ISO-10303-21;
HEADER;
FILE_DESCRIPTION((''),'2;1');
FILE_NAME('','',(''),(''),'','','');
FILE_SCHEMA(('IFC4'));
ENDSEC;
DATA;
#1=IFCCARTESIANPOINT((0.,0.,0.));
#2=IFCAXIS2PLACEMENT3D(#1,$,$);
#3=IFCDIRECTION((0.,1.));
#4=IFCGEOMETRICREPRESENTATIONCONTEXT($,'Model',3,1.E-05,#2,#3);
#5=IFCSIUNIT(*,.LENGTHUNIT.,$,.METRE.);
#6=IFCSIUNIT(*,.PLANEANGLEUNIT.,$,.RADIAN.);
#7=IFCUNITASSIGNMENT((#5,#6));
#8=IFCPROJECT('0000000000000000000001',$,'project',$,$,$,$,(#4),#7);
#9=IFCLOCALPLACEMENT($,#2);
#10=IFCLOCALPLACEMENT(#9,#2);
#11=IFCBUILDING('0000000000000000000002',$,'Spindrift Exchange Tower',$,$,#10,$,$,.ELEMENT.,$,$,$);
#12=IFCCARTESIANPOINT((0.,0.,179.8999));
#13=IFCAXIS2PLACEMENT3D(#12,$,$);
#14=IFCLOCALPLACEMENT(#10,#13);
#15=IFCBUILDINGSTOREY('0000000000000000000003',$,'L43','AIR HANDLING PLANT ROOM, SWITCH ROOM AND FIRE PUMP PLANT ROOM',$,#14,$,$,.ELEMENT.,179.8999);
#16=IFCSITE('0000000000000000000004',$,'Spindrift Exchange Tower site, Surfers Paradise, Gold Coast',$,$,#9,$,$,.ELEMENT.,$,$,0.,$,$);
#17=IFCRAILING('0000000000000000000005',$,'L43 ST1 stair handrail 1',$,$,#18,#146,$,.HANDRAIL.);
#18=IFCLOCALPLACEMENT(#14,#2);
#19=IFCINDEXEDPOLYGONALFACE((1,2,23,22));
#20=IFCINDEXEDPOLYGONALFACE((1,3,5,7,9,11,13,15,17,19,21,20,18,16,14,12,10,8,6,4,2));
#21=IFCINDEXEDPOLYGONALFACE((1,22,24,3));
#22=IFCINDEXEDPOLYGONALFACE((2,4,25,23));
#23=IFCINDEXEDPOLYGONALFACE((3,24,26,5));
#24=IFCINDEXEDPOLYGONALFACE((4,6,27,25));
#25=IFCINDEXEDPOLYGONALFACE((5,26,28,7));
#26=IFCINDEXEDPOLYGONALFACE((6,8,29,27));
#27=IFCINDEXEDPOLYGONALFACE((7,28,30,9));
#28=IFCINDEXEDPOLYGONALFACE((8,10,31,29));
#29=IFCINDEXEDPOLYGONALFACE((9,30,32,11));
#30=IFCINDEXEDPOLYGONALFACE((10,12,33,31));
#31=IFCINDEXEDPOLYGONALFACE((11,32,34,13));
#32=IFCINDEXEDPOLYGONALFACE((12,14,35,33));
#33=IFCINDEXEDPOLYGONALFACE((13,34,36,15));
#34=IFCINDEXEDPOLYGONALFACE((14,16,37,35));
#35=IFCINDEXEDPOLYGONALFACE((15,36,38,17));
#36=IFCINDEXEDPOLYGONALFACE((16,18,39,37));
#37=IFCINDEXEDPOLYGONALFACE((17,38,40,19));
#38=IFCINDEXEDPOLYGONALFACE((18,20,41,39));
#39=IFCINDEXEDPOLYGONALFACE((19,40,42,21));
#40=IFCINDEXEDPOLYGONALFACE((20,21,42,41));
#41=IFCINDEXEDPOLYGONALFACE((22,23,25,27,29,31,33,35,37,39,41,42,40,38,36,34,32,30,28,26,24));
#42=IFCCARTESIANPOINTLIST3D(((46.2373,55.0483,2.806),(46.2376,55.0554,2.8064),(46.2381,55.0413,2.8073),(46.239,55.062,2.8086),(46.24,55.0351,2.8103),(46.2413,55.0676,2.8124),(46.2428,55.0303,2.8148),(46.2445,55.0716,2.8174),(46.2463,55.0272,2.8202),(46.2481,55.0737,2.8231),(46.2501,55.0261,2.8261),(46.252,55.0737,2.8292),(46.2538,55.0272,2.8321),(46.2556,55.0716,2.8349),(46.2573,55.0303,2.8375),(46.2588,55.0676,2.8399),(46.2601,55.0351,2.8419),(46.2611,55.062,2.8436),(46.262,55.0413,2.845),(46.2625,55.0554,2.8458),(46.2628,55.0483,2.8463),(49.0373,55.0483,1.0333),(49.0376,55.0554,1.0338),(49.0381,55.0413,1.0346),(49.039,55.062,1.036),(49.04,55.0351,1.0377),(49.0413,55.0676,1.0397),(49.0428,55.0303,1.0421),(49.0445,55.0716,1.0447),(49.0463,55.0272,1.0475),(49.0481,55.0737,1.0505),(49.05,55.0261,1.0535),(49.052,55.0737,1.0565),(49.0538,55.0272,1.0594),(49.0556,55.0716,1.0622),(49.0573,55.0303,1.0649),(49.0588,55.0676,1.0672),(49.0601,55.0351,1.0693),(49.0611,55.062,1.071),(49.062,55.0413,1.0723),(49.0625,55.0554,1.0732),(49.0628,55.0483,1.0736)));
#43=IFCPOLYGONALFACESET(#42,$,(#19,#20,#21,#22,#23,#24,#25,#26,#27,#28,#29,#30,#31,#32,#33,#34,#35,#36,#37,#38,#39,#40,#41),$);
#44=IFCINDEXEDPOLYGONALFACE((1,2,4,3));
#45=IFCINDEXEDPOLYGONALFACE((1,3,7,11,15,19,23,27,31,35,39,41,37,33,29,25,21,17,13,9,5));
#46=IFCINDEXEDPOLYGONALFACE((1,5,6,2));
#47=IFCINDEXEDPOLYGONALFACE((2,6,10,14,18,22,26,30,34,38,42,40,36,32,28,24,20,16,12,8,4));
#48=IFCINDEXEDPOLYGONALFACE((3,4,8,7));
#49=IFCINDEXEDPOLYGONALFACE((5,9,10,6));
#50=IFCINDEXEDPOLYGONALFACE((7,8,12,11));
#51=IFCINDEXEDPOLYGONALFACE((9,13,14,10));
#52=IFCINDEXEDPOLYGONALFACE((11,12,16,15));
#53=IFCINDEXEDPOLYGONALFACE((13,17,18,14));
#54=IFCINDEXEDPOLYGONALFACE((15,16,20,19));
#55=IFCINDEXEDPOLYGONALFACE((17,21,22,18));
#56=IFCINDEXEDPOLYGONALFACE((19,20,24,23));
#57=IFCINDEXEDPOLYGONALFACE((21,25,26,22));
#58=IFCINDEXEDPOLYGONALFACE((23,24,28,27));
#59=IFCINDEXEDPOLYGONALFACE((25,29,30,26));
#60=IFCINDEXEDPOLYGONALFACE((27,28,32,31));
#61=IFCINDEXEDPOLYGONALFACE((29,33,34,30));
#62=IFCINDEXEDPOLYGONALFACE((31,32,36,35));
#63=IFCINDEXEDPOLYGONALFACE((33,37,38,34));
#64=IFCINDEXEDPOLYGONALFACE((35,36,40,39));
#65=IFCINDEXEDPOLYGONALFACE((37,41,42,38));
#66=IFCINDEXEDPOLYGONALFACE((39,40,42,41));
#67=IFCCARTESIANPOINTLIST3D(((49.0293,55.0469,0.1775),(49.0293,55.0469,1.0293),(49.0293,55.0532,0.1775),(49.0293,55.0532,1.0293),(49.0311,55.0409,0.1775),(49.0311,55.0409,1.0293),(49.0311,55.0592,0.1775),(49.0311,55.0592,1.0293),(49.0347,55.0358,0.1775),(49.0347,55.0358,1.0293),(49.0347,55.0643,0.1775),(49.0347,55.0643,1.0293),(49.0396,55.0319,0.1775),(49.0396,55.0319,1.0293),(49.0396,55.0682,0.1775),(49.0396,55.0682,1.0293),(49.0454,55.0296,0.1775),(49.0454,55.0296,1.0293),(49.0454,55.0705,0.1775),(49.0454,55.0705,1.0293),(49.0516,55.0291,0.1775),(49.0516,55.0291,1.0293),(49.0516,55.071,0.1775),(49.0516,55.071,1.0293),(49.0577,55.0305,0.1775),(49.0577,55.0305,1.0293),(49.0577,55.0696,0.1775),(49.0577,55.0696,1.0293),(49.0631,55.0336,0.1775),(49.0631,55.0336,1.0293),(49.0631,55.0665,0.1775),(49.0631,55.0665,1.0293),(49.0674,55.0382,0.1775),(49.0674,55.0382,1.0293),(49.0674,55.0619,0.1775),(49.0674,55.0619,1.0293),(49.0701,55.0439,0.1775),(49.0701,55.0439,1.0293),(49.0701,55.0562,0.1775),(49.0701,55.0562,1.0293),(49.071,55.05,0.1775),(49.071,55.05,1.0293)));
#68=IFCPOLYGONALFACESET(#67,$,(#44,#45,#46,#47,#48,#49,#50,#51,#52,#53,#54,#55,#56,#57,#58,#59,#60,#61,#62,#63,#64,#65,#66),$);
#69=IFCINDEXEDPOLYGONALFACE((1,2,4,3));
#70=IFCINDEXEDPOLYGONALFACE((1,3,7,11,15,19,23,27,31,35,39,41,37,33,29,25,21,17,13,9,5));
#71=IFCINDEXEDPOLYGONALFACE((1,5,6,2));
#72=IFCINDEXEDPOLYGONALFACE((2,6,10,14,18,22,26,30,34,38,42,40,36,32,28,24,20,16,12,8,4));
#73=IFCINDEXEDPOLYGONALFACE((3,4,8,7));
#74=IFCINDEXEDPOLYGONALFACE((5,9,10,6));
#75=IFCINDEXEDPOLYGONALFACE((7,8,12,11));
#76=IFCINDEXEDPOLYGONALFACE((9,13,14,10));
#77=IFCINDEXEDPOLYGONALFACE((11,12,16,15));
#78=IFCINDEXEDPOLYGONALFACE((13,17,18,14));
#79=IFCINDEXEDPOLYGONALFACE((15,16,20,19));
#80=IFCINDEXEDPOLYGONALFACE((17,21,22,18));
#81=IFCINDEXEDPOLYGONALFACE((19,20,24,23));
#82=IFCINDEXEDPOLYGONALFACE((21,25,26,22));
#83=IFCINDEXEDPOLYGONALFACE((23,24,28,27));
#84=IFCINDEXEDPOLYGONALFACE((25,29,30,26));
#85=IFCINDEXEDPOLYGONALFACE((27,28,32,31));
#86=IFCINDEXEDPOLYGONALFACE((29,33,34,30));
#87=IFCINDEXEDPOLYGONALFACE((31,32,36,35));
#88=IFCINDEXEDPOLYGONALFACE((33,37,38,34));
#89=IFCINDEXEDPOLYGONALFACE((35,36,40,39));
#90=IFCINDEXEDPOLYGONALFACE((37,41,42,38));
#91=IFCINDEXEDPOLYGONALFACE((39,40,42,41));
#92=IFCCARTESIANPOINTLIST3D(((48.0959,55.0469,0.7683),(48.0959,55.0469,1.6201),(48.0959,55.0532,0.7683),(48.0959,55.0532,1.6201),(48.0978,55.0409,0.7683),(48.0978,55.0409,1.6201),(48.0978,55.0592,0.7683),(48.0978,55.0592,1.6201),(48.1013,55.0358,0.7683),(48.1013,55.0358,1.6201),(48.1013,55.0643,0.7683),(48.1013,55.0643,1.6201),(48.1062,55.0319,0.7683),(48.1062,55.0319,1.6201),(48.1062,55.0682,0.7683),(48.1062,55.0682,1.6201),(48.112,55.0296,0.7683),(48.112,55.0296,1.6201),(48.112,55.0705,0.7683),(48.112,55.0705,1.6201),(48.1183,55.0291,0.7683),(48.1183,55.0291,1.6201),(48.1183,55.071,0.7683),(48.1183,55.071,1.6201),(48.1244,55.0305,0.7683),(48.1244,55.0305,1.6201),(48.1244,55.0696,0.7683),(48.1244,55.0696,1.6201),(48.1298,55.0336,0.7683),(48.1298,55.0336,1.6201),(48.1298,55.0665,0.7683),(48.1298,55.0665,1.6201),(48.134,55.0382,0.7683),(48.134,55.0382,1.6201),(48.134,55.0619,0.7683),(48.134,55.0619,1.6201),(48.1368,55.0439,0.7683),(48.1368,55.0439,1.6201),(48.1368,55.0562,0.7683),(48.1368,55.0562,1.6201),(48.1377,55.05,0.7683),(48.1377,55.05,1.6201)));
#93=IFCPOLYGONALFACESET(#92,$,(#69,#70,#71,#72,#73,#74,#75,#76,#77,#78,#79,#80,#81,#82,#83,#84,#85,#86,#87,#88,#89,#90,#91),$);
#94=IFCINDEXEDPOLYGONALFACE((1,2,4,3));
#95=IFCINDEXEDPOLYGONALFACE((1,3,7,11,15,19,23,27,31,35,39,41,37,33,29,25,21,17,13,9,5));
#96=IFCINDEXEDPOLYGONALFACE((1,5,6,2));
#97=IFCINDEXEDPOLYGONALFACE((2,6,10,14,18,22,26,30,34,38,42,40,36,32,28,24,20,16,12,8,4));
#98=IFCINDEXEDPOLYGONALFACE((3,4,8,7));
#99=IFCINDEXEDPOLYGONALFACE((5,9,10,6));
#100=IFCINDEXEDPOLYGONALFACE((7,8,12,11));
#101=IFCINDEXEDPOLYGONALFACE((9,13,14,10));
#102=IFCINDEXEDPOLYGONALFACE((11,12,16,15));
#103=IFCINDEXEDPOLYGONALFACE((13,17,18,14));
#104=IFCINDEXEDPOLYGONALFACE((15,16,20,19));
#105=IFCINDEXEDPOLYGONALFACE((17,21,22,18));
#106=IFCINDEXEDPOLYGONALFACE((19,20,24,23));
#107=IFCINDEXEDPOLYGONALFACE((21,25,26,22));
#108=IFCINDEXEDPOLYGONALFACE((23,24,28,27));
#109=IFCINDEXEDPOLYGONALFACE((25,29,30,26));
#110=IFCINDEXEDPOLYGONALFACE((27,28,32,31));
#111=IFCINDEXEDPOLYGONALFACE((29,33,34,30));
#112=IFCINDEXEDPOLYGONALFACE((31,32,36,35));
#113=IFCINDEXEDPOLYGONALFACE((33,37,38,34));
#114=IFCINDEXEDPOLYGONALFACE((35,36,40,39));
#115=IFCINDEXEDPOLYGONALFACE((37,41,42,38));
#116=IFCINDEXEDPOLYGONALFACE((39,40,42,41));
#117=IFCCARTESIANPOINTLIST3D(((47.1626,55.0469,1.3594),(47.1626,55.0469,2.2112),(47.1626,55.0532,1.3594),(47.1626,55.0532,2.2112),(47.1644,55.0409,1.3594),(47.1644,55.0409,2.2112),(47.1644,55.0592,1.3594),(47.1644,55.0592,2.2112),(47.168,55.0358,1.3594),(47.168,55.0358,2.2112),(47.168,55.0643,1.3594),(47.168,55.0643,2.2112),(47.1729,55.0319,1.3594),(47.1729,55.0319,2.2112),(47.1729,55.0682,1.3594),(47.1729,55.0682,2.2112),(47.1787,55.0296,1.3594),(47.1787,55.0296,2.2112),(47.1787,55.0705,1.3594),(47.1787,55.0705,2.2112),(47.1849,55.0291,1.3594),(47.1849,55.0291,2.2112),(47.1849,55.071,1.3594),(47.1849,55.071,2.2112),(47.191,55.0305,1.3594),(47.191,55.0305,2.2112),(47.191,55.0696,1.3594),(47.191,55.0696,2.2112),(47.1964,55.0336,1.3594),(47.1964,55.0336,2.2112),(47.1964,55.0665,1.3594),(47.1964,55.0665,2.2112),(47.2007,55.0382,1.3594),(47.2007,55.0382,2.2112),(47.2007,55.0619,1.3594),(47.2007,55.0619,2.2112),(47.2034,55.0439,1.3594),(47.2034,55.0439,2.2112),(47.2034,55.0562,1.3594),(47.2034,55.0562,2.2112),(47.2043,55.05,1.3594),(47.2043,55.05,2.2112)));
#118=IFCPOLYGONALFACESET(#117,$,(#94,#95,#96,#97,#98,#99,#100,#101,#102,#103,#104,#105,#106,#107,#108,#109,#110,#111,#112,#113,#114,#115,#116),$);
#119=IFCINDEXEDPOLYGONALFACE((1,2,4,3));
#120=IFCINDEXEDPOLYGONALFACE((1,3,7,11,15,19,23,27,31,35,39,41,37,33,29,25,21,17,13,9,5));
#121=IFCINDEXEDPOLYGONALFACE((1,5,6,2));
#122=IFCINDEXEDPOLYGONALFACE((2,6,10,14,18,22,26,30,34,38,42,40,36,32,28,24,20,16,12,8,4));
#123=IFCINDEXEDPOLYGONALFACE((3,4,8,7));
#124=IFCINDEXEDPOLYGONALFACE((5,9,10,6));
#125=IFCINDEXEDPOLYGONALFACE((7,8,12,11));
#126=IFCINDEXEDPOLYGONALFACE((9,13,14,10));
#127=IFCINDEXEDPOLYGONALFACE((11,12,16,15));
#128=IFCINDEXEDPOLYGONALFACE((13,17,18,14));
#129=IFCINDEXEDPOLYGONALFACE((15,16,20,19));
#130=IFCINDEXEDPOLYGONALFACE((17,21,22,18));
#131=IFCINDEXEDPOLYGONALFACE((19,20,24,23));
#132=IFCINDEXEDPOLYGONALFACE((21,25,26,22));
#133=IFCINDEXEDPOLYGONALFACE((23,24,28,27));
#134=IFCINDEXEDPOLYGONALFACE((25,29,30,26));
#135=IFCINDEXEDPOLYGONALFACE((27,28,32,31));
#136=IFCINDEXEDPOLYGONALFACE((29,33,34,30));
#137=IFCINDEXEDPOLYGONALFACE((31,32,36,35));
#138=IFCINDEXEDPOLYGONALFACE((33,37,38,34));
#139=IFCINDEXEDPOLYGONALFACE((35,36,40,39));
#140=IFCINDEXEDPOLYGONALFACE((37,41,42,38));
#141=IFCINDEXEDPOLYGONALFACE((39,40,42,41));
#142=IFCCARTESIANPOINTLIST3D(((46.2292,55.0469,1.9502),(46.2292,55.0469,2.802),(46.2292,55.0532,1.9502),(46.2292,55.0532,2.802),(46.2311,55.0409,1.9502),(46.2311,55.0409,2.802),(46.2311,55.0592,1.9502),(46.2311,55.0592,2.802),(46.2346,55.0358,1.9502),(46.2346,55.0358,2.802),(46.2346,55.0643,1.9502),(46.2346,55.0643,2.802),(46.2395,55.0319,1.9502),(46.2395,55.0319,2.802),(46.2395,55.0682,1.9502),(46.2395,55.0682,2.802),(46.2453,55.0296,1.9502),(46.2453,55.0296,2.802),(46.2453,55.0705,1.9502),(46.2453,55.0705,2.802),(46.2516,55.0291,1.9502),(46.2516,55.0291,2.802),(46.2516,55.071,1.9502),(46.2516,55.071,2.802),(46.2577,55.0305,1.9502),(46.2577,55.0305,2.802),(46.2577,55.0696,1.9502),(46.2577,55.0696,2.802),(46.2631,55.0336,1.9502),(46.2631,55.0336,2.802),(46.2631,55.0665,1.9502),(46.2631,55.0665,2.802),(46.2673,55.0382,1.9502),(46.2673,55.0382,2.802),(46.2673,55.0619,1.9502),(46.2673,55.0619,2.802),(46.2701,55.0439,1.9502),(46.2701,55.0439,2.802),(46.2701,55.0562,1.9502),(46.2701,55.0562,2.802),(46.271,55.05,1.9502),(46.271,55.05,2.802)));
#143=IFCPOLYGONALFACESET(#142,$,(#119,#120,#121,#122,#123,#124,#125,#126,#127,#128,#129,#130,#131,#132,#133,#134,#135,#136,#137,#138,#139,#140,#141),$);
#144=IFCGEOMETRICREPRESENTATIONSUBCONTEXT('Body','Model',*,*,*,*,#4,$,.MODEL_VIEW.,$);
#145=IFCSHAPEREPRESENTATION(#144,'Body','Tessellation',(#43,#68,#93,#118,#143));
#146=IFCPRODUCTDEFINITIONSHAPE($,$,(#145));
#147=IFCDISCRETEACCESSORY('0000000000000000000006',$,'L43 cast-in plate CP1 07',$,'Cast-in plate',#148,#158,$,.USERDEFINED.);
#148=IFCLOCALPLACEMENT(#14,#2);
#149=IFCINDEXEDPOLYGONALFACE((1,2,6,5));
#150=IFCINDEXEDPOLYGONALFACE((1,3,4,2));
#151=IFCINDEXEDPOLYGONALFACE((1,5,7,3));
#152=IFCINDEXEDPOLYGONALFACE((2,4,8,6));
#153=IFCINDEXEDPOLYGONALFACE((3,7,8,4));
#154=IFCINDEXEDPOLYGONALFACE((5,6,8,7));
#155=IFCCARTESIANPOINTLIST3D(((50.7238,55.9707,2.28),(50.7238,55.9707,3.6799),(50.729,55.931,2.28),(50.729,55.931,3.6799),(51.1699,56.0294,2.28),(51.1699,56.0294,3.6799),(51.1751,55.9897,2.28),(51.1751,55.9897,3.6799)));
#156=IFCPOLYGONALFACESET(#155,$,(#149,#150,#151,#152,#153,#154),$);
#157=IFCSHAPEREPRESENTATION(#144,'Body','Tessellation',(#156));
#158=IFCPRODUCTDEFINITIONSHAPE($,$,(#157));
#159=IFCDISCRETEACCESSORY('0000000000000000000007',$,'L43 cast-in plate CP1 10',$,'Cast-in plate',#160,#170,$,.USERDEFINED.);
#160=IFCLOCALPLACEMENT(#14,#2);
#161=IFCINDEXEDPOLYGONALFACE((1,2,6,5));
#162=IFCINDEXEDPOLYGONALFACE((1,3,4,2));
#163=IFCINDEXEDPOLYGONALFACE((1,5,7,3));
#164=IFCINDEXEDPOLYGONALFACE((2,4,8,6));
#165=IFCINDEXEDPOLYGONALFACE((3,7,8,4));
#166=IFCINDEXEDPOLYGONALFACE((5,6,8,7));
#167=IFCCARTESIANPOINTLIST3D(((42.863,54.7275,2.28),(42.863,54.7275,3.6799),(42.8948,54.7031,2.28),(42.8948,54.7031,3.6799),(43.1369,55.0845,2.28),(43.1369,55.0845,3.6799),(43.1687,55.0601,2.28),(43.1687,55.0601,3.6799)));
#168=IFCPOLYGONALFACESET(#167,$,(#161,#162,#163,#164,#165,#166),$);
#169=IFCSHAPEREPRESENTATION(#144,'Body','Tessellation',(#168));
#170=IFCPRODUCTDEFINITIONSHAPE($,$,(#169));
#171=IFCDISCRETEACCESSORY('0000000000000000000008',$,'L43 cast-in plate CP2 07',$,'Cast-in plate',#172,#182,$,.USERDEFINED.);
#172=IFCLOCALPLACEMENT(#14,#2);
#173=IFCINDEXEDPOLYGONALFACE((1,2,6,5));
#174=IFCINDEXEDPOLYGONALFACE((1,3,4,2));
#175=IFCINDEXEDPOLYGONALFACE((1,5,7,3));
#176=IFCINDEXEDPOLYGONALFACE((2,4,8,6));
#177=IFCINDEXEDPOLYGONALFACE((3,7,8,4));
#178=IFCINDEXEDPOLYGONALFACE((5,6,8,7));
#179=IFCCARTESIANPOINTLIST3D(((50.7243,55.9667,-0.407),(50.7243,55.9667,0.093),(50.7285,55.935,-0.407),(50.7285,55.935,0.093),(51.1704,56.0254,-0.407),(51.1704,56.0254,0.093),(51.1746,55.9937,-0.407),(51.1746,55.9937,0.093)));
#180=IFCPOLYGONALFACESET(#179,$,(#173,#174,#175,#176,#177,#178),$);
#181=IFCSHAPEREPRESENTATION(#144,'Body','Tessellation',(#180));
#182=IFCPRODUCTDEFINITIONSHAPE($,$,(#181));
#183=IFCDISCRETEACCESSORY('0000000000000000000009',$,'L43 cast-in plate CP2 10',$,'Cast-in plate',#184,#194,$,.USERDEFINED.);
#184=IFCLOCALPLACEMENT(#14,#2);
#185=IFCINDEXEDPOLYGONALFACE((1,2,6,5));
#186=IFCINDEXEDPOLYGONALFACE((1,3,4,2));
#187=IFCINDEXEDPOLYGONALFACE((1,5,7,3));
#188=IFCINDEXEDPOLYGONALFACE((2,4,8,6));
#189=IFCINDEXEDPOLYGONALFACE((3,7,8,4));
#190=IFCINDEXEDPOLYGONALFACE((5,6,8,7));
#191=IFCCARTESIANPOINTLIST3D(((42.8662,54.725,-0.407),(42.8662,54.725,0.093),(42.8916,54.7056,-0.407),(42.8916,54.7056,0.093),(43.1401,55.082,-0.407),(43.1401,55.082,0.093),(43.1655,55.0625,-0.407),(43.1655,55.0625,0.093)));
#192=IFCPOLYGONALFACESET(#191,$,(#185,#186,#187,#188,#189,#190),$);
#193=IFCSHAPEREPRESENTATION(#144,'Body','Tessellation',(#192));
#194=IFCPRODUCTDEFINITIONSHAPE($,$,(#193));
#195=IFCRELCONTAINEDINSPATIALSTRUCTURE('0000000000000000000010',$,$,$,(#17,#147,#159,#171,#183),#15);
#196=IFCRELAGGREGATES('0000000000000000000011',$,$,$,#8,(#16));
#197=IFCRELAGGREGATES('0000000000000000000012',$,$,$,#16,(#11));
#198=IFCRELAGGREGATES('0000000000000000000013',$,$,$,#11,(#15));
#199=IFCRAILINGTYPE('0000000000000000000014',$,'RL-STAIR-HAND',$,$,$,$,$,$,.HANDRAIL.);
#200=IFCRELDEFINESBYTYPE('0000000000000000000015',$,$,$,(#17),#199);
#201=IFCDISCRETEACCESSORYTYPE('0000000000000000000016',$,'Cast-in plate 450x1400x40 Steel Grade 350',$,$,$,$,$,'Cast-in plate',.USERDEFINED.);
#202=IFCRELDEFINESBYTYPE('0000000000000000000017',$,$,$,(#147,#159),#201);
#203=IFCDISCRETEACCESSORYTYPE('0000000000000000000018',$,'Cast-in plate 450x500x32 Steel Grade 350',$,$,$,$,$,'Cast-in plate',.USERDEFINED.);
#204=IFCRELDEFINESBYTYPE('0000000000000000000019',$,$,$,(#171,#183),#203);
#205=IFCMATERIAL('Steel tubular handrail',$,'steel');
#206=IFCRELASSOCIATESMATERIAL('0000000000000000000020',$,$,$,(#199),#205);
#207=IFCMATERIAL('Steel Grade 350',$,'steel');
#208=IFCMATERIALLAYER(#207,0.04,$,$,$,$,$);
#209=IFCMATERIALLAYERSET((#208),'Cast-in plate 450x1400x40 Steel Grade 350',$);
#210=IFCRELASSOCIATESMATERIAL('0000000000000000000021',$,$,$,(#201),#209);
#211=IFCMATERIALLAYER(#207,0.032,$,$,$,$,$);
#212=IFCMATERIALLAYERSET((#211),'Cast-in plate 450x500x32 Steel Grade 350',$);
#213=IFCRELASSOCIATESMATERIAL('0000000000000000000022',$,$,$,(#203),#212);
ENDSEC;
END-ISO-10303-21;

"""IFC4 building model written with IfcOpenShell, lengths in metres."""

from ifc_helpers import new_model, si_unit, direction, frame, origin, origin_2d, place, context, subcontext, project, spatial, rectangle, circle, extrude, source, transform, mapped, material, layer, layer_set, type_object, element, save


model = new_model("IFC4")

# Units and contexts
model_context = context("Model", 3, precision=1e-05, world=origin(), true_north=direction((0.0, 1.0)))
body_context = subcontext(model_context, "Body", "Model", "MODEL_VIEW")
ifc_project = project(units=[si_unit("LENGTHUNIT", "METRE"), si_unit("PLANEANGLEUNIT", "RADIAN")], contexts=[model_context])

# Site, building, storey
site_placement = place(None, origin())
site = spatial("IfcSite", under=ifc_project, at=site_placement, Name="Spindrift Exchange Tower site, Surfers Paradise, Gold Coast", CompositionType="ELEMENT", RefElevation=0.0)
building_placement = place(site_placement, origin())
building = spatial("IfcBuilding", under=site, at=building_placement, Name="Spindrift Exchange Tower", CompositionType="ELEMENT")
storey_placement = place(building_placement, frame((0.0, 0.0, 179.8999)))
storey = spatial("IfcBuildingStorey", under=building, at=storey_placement, Name="L43", Description="AIR HANDLING PLANT ROOM, SWITCH ROOM AND FIRE PUMP PLANT ROOM", CompositionType="ELEMENT", Elevation=179.8999)

# Railing
ifc_material_1 = material(Name="Steel tubular handrail", Category="steel")
railing_type_1 = type_object("IfcRailingType", Name="RL-STAIR-HAND", PredefinedType="HANDRAIL", material=ifc_material_1)
railing_1_placement = place(storey_placement, frame((49.05, 55.05, 0.1775)))
element("IfcRailing", 1, at=railing_1_placement, inside=storey, type_object=railing_type_1, Name="L43 ST1 stair handrail 1", PredefinedType="HANDRAIL", context=body_context, shape_type="SweptSolid", body=[
    extrude(circle(Radius=0.0239, at=origin_2d()), frame((0.0, 0.0, 0.876), z_axis=(-0.844909, 0.0, 0.53491), x_axis=(0.0, -1.0, 0.0)), (0.0, 0.0, 1.0), 3.314),
    extrude(circle(Radius=0.021, at=origin_2d()), origin(), (0.0, 0.0, 1.0), 0.8518),
    extrude(circle(Radius=0.021, at=origin_2d()), frame((-0.9333, 0.0, 0.5908)), (0.0, 0.0, 1.0), 0.8518),
    extrude(circle(Radius=0.021, at=origin_2d()), frame((-1.8667, 0.0, 1.1819)), (0.0, 0.0, 1.0), 0.8518),
    extrude(circle(Radius=0.021, at=origin_2d()), frame((-2.8, 0.0, 1.7727)), (0.0, 0.0, 1.0), 0.8518),
])

# Discrete accessories
ifc_material_2 = material(Name="Steel Grade 350", Category="steel")
ifc_layer_1 = layer(ifc_material_2, 0.04)
ifc_layer_set_1 = layer_set([ifc_layer_1], Name="Cast-in plate 450x1400x40 Steel Grade 350")
discrete_accessory_type_1 = type_object("IfcDiscreteAccessoryType", Name="Cast-in plate 450x1400x40 Steel Grade 350", ElementType="Cast-in plate", PredefinedType="USERDEFINED", material=ifc_layer_set_1)
shared_shape_1 = source(origin(), body_context, "Body", "SweptSolid", [
    extrude(rectangle(XDim=0.04, YDim=0.45, at=origin_2d()), origin(), (0.0, 0.0, 1.0), 1.3999),
])
for number, where, z_axis, x_axis, name in (
    (2, (50.9495, 55.9802, 2.28), (0.0, 0.0, 1.0), (-0.130526, 0.991445, 0.0), "L43 cast-in plate CP1 07"),
    (3, (43.0159, 54.8938, 2.28), (0.0, 0.0, 1.0), (-0.793353, 0.608761, 0.0), "L43 cast-in plate CP1 10"),
):
    element("IfcDiscreteAccessory", number, at=place(storey_placement, frame(where, z_axis=z_axis, x_axis=x_axis)), inside=storey, type_object=discrete_accessory_type_1, Name=name, ObjectType="Cast-in plate", PredefinedType="USERDEFINED", context=body_context, shape_type="MappedRepresentation", body=[
        mapped(shared_shape_1, transform((0.0, 0.0, 0.0), scale=1.0)),
    ])
ifc_layer_2 = layer(ifc_material_2, 0.032)
ifc_layer_set_2 = layer_set([ifc_layer_2], Name="Cast-in plate 450x500x32 Steel Grade 350")
discrete_accessory_type_2 = type_object("IfcDiscreteAccessoryType", Name="Cast-in plate 450x500x32 Steel Grade 350", ElementType="Cast-in plate", PredefinedType="USERDEFINED", material=ifc_layer_set_2)
shared_shape_2 = source(origin(), body_context, "Body", "SweptSolid", [
    extrude(rectangle(XDim=0.032, YDim=0.45, at=origin_2d()), origin(), (0.0, 0.0, 1.0), 0.5),
])
for number, where, z_axis, x_axis, name in (
    (4, (50.9495, 55.9802, -0.407), (0.0, 0.0, 1.0), (-0.130526, 0.991445, 0.0), "L43 cast-in plate CP2 07"),
    (5, (43.0159, 54.8938, -0.407), (0.0, 0.0, 1.0), (-0.793353, 0.608761, 0.0), "L43 cast-in plate CP2 10"),
):
    element("IfcDiscreteAccessory", number, at=place(storey_placement, frame(where, z_axis=z_axis, x_axis=x_axis)), inside=storey, type_object=discrete_accessory_type_2, Name=name, ObjectType="Cast-in plate", PredefinedType="USERDEFINED", context=body_context, shape_type="MappedRepresentation", body=[
        mapped(shared_shape_2, transform((0.0, 0.0, 0.0), scale=1.0)),
    ])

save(model, "model.ifc")
